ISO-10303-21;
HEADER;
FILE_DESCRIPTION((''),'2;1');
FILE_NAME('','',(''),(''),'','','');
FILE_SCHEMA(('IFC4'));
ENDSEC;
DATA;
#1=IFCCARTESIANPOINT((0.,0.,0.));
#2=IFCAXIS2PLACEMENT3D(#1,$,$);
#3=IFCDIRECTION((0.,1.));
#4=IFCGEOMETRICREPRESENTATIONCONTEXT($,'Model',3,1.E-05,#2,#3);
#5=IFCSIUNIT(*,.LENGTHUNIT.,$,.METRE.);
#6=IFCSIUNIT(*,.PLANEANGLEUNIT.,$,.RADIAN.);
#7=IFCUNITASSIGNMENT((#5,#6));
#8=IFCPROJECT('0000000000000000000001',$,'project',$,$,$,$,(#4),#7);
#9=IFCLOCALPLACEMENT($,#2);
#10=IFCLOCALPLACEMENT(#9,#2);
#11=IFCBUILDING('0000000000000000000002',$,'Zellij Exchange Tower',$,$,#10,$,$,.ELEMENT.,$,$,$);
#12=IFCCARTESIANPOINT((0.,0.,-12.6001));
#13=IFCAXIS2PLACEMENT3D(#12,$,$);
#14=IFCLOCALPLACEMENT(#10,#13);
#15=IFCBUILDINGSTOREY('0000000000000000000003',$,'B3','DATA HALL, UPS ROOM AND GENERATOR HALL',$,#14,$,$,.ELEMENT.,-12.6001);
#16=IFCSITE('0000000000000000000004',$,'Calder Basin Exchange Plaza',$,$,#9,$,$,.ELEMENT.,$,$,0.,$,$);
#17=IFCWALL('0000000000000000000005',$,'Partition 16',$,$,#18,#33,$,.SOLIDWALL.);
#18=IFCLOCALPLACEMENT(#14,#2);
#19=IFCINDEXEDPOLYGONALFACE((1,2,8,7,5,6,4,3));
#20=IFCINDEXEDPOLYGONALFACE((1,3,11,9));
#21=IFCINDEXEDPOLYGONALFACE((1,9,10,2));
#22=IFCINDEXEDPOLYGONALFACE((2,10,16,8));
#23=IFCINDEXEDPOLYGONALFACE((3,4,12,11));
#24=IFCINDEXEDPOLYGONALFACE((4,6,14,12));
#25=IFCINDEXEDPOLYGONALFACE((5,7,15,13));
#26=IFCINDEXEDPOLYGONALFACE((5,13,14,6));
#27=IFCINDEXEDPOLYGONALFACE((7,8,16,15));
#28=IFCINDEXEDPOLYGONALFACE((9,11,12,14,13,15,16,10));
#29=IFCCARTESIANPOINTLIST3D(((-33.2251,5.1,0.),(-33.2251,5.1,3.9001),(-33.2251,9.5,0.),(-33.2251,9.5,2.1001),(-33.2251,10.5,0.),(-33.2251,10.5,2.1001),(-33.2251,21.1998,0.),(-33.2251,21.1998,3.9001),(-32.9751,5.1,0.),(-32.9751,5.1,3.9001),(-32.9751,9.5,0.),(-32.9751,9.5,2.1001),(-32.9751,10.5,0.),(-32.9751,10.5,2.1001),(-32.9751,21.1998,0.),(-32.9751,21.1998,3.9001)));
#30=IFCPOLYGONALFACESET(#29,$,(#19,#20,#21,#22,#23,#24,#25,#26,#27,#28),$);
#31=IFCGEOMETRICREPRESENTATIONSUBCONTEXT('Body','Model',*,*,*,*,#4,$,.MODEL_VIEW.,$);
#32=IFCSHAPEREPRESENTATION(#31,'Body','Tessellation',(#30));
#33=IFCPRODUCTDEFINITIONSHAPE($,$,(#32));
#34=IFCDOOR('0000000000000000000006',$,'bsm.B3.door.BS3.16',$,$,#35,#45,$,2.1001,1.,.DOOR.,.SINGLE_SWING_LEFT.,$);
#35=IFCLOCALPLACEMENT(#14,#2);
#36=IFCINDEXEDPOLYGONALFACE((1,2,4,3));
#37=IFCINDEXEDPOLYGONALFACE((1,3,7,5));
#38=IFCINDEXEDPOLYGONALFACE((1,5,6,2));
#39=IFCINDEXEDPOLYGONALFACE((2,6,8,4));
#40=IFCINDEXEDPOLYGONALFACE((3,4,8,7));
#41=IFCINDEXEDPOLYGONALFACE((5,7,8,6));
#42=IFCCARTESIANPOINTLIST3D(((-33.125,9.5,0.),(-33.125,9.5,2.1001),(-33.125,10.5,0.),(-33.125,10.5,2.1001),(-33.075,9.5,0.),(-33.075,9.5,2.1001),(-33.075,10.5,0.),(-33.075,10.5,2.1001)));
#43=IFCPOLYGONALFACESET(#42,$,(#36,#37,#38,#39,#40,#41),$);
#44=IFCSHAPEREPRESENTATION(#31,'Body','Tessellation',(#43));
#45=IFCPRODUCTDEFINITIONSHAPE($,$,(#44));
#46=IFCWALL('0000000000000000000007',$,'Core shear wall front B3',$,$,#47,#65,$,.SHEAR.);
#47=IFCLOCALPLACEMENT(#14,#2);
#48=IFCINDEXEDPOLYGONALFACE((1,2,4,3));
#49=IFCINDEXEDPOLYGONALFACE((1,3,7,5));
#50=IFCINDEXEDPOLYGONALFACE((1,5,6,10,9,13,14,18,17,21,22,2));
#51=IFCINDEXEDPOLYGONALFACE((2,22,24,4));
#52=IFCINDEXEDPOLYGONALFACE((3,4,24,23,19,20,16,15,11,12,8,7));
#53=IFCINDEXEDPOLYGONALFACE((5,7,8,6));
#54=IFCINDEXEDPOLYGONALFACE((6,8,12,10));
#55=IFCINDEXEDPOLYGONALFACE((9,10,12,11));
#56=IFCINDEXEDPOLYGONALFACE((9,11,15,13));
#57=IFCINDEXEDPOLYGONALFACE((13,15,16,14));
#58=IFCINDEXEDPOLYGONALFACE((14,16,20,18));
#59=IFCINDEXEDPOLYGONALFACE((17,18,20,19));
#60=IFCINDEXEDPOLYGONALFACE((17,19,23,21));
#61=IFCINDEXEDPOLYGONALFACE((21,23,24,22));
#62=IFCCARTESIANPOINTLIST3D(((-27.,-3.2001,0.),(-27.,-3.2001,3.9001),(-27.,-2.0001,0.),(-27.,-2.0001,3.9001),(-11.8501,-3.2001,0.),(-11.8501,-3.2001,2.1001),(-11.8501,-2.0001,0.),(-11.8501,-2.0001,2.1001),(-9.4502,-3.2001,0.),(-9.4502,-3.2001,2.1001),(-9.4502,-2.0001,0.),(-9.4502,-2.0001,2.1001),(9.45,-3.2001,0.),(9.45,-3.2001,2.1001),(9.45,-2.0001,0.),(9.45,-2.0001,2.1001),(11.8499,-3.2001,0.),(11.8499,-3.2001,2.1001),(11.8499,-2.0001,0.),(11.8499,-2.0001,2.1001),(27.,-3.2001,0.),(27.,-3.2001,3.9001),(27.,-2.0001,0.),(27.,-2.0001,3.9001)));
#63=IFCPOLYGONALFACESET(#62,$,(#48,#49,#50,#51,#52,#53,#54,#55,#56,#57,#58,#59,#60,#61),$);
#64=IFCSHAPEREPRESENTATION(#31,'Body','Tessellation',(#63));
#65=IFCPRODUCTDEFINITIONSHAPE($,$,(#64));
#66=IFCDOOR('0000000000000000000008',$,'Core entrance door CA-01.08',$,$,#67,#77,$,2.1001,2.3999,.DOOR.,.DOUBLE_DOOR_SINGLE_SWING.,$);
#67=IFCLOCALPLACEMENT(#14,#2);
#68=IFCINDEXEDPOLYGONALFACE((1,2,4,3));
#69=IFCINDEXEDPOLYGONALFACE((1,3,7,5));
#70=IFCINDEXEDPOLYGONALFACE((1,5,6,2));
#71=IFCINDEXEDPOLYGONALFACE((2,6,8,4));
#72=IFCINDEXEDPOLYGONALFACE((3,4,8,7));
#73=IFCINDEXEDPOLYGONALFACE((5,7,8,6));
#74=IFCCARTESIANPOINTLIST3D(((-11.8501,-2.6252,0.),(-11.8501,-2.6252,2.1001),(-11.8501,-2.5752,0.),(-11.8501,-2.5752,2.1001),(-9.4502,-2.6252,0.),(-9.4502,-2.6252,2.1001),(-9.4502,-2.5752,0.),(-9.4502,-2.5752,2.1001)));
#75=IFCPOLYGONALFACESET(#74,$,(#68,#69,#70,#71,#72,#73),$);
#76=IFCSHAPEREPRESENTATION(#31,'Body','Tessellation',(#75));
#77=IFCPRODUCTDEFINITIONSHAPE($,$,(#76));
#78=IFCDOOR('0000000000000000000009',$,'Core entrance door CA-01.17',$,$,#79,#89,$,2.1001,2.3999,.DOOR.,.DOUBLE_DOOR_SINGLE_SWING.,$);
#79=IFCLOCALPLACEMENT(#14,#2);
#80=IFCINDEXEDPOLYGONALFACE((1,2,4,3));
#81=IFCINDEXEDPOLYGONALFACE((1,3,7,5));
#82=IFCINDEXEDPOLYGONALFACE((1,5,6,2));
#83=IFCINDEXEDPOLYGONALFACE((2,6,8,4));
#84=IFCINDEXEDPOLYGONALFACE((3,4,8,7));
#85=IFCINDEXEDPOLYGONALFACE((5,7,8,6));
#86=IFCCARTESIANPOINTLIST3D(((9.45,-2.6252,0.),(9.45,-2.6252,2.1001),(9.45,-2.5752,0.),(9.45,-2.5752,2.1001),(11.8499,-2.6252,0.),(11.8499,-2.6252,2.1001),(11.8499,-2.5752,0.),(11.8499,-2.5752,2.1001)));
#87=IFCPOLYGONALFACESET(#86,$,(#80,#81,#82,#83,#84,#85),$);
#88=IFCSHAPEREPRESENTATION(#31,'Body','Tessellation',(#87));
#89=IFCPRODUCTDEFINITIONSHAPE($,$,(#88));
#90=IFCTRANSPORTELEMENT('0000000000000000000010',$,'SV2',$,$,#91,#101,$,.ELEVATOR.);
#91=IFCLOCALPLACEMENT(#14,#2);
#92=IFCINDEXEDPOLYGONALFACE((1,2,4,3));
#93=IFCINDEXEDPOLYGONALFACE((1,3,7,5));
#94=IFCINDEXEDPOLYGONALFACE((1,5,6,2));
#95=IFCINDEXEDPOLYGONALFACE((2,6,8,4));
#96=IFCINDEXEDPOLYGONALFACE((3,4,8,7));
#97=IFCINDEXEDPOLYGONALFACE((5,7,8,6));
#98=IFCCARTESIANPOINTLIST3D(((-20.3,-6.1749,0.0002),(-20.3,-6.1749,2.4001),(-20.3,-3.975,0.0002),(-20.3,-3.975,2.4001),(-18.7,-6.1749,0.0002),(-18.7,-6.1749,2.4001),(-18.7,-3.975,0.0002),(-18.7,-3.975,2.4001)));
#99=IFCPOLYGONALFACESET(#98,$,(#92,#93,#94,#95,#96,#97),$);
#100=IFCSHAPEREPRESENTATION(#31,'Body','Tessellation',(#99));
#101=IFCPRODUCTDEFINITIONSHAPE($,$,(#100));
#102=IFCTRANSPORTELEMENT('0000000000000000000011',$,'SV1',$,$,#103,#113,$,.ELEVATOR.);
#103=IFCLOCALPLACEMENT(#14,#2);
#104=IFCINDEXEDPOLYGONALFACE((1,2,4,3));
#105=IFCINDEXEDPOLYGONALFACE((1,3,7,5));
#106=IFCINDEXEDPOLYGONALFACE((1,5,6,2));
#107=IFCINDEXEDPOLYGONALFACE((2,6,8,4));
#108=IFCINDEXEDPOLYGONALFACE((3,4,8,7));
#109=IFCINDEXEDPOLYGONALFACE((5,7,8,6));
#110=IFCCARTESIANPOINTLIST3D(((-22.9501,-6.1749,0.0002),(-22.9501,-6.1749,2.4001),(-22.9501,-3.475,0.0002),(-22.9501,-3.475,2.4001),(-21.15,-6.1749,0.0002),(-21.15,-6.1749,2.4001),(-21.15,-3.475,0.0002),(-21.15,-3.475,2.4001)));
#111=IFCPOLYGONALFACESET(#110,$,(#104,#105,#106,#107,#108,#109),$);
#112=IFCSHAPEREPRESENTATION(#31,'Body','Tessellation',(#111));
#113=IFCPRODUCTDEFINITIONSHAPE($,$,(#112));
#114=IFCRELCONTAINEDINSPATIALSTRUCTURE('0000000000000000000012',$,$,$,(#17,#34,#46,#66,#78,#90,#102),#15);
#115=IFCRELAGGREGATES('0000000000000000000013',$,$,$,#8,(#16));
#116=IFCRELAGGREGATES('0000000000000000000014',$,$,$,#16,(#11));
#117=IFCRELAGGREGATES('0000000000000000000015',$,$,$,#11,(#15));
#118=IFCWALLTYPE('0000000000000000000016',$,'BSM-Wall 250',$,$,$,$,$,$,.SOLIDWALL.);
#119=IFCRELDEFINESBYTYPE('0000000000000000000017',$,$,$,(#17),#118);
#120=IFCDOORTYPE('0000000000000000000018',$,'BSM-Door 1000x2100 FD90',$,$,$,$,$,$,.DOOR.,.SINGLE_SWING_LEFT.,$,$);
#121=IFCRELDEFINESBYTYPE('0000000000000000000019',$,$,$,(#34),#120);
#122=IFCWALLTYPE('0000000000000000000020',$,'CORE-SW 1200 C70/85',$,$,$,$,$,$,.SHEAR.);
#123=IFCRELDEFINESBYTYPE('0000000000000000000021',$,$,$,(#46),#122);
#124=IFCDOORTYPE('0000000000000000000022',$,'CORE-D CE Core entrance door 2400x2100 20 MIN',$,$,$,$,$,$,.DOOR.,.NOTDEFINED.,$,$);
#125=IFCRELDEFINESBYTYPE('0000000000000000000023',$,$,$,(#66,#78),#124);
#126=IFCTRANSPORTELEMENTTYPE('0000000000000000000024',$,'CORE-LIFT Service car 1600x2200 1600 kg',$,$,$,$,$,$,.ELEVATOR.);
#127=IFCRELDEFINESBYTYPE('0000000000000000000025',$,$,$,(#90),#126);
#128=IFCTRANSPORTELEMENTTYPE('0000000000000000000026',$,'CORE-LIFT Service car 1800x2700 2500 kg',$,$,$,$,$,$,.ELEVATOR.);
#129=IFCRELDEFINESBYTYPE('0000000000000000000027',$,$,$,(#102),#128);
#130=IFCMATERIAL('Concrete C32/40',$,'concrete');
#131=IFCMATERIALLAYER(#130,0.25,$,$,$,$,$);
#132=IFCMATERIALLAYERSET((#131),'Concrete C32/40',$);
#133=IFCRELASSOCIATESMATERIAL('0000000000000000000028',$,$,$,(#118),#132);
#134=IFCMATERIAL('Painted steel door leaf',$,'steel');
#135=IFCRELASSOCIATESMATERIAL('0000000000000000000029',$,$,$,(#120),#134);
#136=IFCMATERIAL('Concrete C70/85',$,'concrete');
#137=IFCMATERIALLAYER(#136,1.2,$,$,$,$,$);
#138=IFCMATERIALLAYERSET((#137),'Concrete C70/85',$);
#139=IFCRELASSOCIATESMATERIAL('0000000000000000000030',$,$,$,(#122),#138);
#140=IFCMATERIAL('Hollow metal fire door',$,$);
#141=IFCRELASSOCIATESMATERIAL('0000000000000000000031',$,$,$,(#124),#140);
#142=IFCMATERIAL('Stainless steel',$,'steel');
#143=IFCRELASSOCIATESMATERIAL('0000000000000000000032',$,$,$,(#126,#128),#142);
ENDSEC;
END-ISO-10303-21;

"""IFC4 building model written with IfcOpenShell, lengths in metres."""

from ifc_helpers import new_model, si_unit, direction, frame, frame_2d, origin, origin_2d, place, context, subcontext, project, spatial, rectangle, extrude, material, layer, layer_set, type_object, element, fill, save


model = new_model("IFC4")

# Units and contexts
model_context = context("Model", 3, precision=1e-05, world=origin(), true_north=direction((0.0, 1.0)))
body_context = subcontext(model_context, "Body", "Model", "MODEL_VIEW")
ifc_project = project(units=[si_unit("LENGTHUNIT", "METRE"), si_unit("PLANEANGLEUNIT", "RADIAN")], contexts=[model_context])

# Site, building, storey
site_placement = place(None, origin())
site = spatial("IfcSite", under=ifc_project, at=site_placement, Name="Calder Basin Exchange Plaza", CompositionType="ELEMENT", RefElevation=0.0)
building_placement = place(site_placement, origin())
building = spatial("IfcBuilding", under=site, at=building_placement, Name="Zellij Exchange Tower", CompositionType="ELEMENT")
storey_placement = place(building_placement, frame((0.0, 0.0, -12.6001)))
storey = spatial("IfcBuildingStorey", under=building, at=storey_placement, Name="B3", Description="DATA HALL, UPS ROOM AND GENERATOR HALL", CompositionType="ELEMENT", Elevation=-12.6001)

# Shared definitions
ifc_material_1 = material(Name="Concrete C70/85", Category="concrete")

# Shared definitions
ifc_material_2 = material(Name="Concrete C32/40", Category="concrete")
ifc_layer_1 = layer(ifc_material_2, 0.25)
ifc_layer_set_1 = layer_set([ifc_layer_1], Name="Concrete C32/40")
wall_type_1 = type_object("IfcWallType", Name="BSM-Wall 250", PredefinedType="SOLIDWALL", material=ifc_layer_set_1)

# Wall, opening, door
ifc_material_3 = material(Name="Painted steel door leaf", Category="steel")
wall_1_placement = place(storey_placement, frame((-33.1001, 5.1001, 0.0), z_axis=(0.0, 0.0, 1.0), x_axis=(0.0, 1.0, 0.0)))
wall_1 = element("IfcWall", 1, at=wall_1_placement, inside=storey, type_object=wall_type_1, Name="Partition 16", PredefinedType="SOLIDWALL", context=body_context, shape_type="SweptSolid", body=[
    extrude(rectangle(XDim=16.0999, YDim=0.25, at=frame_2d((8.0498, 0.0))), origin(), (0.0, 0.0, 1.0), 3.9001),
])
opening_1_placement = place(wall_1_placement, frame((4.3999, 0.0, 0.0)))
opening_1 = element("IfcOpeningElement", 2, at=opening_1_placement, cuts=wall_1, PredefinedType="OPENING", context=body_context, shape_type="SweptSolid", body=[
    extrude(rectangle(XDim=1.0, YDim=2.1001, at=frame_2d((0.5, 1.05))), frame((0.0, 0.137, 0.0), z_axis=(0.0, -1.0, 0.0), x_axis=(1.0, 0.0, 0.0)), (0.0, 0.0, 1.0), 0.2739),
])
door_type_1 = type_object("IfcDoorType", Name="BSM-Door 1000x2100 FD90", OperationType="SINGLE_SWING_LEFT", PredefinedType="DOOR", material=ifc_material_3)
door_1_placement = place(opening_1_placement, origin())
door_1 = element("IfcDoor", 3, at=door_1_placement, inside=storey, type_object=door_type_1, Name="bsm.B3.door.BS3.16", OperationType="SINGLE_SWING_LEFT", OverallHeight=2.1001, OverallWidth=1.0, PredefinedType="DOOR", context=body_context, shape_type="SweptSolid", body=[
    extrude(rectangle(XDim=1.0, YDim=2.1001, at=frame_2d((0.5, 1.05))), frame((0.0, 0.0249, 0.0), z_axis=(0.0, -1.0, 0.0), x_axis=(1.0, 0.0, 0.0)), (0.0, 0.0, 1.0), 0.05),
])
fill(opening_1, door_1)

# Wall, openings, doors
ifc_layer_2 = layer(ifc_material_1, 1.2)
ifc_layer_set_2 = layer_set([ifc_layer_2], Name="Concrete C70/85")
wall_type_2 = type_object("IfcWallType", Name="CORE-SW 1200 C70/85", PredefinedType="SHEAR", material=ifc_layer_set_2)
wall_2_placement = place(storey_placement, frame((-27.0, -2.6001, 0.0), z_axis=(0.0, 0.0, 1.0), x_axis=(1.0, 0.0, 0.0)))
wall_2 = element("IfcWall", 4, at=wall_2_placement, inside=storey, type_object=wall_type_2, Name="Core shear wall front B3", PredefinedType="SHEAR", context=body_context, shape_type="SweptSolid", body=[
    extrude(rectangle(XDim=54.0, YDim=1.2, at=frame_2d((27.0, 0.0))), origin(), (0.0, 0.0, 1.0), 3.9001),
])
opening_2_placement = place(wall_2_placement, frame((15.1499, 0.0, 0.0)))
opening_2 = element("IfcOpeningElement", 5, at=opening_2_placement, cuts=wall_2, PredefinedType="OPENING", context=body_context, shape_type="SweptSolid", body=[
    extrude(rectangle(XDim=2.3999, YDim=2.1001, at=frame_2d((1.2, 1.05))), frame((0.0, 0.6118, 0.0), z_axis=(0.0, -1.0, 0.0), x_axis=(1.0, 0.0, 0.0)), (0.0, 0.0, 1.0), 1.2239),
])
opening_3_placement = place(wall_2_placement, frame((36.45, 0.0, 0.0)))
opening_3 = element("IfcOpeningElement", 6, at=opening_3_placement, cuts=wall_2, PredefinedType="OPENING", context=body_context, shape_type="SweptSolid", body=[
    extrude(rectangle(XDim=2.3999, YDim=2.1001, at=frame_2d((1.2, 1.05))), frame((0.0, 0.6118, 0.0), z_axis=(0.0, -1.0, 0.0), x_axis=(1.0, 0.0, 0.0)), (0.0, 0.0, 1.0), 1.2239),
])
ifc_material_4 = material(Name="Hollow metal fire door")
door_type_2 = type_object("IfcDoorType", Name="CORE-D CE Core entrance door 2400x2100 20 MIN", OperationType="NOTDEFINED", PredefinedType="DOOR", material=ifc_material_4)
door_2_placement = place(opening_2_placement, origin())
door_2 = element("IfcDoor", 7, at=door_2_placement, inside=storey, type_object=door_type_2, Name="Core entrance door CA-01.08", OperationType="DOUBLE_DOOR_SINGLE_SWING", OverallHeight=2.1001, OverallWidth=2.3999, PredefinedType="DOOR", context=body_context, shape_type="SweptSolid", body=[
    extrude(rectangle(XDim=2.3999, YDim=2.1001, at=frame_2d((1.2, 1.05))), frame((0.0, 0.0249, 0.0), z_axis=(0.0, -1.0, 0.0), x_axis=(1.0, 0.0, 0.0)), (0.0, 0.0, 1.0), 0.05),
])
fill(opening_2, door_2)
door_3_placement = place(opening_3_placement, origin())
door_3 = element("IfcDoor", 8, at=door_3_placement, inside=storey, type_object=door_type_2, Name="Core entrance door CA-01.17", OperationType="DOUBLE_DOOR_SINGLE_SWING", OverallHeight=2.1001, OverallWidth=2.3999, PredefinedType="DOOR", context=body_context, shape_type="SweptSolid", body=[
    extrude(rectangle(XDim=2.3999, YDim=2.1001, at=frame_2d((1.2, 1.05))), frame((0.0, 0.0249, 0.0), z_axis=(0.0, -1.0, 0.0), x_axis=(1.0, 0.0, 0.0)), (0.0, 0.0, 1.0), 0.05),
])
fill(opening_3, door_3)

# Transport elements
ifc_material_5 = material(Name="Stainless steel", Category="steel")
transport_element_type_1 = type_object("IfcTransportElementType", Name="CORE-LIFT Service car 1600x2200 1600 kg", PredefinedType="ELEVATOR", material=ifc_material_5)
transport_element_1_placement = place(storey_placement, frame((-19.5, -5.075, 0.0002), z_axis=(0.0, 0.0, 1.0), x_axis=(1.0, 0.0, 0.0)))
element("IfcTransportElement", 9, at=transport_element_1_placement, inside=storey, type_object=transport_element_type_1, Name="SV2", PredefinedType="ELEVATOR", context=body_context, shape_type="SweptSolid", body=[
    extrude(rectangle(XDim=1.6001, YDim=2.2, at=origin_2d()), origin(), (0.0, 0.0, 1.0), 2.3999),
])
transport_element_type_2 = type_object("IfcTransportElementType", Name="CORE-LIFT Service car 1800x2700 2500 kg", PredefinedType="ELEVATOR", material=ifc_material_5)
transport_element_2_placement = place(storey_placement, frame((-22.05, -4.825, 0.0002), z_axis=(0.0, 0.0, 1.0), x_axis=(1.0, 0.0, 0.0)))
element("IfcTransportElement", 10, at=transport_element_2_placement, inside=storey, type_object=transport_element_type_2, Name="SV1", PredefinedType="ELEVATOR", context=body_context, shape_type="SweptSolid", body=[
    extrude(rectangle(XDim=1.8, YDim=2.7, at=origin_2d()), origin(), (0.0, 0.0, 1.0), 2.3999),
])

save(model, "model.ifc")
